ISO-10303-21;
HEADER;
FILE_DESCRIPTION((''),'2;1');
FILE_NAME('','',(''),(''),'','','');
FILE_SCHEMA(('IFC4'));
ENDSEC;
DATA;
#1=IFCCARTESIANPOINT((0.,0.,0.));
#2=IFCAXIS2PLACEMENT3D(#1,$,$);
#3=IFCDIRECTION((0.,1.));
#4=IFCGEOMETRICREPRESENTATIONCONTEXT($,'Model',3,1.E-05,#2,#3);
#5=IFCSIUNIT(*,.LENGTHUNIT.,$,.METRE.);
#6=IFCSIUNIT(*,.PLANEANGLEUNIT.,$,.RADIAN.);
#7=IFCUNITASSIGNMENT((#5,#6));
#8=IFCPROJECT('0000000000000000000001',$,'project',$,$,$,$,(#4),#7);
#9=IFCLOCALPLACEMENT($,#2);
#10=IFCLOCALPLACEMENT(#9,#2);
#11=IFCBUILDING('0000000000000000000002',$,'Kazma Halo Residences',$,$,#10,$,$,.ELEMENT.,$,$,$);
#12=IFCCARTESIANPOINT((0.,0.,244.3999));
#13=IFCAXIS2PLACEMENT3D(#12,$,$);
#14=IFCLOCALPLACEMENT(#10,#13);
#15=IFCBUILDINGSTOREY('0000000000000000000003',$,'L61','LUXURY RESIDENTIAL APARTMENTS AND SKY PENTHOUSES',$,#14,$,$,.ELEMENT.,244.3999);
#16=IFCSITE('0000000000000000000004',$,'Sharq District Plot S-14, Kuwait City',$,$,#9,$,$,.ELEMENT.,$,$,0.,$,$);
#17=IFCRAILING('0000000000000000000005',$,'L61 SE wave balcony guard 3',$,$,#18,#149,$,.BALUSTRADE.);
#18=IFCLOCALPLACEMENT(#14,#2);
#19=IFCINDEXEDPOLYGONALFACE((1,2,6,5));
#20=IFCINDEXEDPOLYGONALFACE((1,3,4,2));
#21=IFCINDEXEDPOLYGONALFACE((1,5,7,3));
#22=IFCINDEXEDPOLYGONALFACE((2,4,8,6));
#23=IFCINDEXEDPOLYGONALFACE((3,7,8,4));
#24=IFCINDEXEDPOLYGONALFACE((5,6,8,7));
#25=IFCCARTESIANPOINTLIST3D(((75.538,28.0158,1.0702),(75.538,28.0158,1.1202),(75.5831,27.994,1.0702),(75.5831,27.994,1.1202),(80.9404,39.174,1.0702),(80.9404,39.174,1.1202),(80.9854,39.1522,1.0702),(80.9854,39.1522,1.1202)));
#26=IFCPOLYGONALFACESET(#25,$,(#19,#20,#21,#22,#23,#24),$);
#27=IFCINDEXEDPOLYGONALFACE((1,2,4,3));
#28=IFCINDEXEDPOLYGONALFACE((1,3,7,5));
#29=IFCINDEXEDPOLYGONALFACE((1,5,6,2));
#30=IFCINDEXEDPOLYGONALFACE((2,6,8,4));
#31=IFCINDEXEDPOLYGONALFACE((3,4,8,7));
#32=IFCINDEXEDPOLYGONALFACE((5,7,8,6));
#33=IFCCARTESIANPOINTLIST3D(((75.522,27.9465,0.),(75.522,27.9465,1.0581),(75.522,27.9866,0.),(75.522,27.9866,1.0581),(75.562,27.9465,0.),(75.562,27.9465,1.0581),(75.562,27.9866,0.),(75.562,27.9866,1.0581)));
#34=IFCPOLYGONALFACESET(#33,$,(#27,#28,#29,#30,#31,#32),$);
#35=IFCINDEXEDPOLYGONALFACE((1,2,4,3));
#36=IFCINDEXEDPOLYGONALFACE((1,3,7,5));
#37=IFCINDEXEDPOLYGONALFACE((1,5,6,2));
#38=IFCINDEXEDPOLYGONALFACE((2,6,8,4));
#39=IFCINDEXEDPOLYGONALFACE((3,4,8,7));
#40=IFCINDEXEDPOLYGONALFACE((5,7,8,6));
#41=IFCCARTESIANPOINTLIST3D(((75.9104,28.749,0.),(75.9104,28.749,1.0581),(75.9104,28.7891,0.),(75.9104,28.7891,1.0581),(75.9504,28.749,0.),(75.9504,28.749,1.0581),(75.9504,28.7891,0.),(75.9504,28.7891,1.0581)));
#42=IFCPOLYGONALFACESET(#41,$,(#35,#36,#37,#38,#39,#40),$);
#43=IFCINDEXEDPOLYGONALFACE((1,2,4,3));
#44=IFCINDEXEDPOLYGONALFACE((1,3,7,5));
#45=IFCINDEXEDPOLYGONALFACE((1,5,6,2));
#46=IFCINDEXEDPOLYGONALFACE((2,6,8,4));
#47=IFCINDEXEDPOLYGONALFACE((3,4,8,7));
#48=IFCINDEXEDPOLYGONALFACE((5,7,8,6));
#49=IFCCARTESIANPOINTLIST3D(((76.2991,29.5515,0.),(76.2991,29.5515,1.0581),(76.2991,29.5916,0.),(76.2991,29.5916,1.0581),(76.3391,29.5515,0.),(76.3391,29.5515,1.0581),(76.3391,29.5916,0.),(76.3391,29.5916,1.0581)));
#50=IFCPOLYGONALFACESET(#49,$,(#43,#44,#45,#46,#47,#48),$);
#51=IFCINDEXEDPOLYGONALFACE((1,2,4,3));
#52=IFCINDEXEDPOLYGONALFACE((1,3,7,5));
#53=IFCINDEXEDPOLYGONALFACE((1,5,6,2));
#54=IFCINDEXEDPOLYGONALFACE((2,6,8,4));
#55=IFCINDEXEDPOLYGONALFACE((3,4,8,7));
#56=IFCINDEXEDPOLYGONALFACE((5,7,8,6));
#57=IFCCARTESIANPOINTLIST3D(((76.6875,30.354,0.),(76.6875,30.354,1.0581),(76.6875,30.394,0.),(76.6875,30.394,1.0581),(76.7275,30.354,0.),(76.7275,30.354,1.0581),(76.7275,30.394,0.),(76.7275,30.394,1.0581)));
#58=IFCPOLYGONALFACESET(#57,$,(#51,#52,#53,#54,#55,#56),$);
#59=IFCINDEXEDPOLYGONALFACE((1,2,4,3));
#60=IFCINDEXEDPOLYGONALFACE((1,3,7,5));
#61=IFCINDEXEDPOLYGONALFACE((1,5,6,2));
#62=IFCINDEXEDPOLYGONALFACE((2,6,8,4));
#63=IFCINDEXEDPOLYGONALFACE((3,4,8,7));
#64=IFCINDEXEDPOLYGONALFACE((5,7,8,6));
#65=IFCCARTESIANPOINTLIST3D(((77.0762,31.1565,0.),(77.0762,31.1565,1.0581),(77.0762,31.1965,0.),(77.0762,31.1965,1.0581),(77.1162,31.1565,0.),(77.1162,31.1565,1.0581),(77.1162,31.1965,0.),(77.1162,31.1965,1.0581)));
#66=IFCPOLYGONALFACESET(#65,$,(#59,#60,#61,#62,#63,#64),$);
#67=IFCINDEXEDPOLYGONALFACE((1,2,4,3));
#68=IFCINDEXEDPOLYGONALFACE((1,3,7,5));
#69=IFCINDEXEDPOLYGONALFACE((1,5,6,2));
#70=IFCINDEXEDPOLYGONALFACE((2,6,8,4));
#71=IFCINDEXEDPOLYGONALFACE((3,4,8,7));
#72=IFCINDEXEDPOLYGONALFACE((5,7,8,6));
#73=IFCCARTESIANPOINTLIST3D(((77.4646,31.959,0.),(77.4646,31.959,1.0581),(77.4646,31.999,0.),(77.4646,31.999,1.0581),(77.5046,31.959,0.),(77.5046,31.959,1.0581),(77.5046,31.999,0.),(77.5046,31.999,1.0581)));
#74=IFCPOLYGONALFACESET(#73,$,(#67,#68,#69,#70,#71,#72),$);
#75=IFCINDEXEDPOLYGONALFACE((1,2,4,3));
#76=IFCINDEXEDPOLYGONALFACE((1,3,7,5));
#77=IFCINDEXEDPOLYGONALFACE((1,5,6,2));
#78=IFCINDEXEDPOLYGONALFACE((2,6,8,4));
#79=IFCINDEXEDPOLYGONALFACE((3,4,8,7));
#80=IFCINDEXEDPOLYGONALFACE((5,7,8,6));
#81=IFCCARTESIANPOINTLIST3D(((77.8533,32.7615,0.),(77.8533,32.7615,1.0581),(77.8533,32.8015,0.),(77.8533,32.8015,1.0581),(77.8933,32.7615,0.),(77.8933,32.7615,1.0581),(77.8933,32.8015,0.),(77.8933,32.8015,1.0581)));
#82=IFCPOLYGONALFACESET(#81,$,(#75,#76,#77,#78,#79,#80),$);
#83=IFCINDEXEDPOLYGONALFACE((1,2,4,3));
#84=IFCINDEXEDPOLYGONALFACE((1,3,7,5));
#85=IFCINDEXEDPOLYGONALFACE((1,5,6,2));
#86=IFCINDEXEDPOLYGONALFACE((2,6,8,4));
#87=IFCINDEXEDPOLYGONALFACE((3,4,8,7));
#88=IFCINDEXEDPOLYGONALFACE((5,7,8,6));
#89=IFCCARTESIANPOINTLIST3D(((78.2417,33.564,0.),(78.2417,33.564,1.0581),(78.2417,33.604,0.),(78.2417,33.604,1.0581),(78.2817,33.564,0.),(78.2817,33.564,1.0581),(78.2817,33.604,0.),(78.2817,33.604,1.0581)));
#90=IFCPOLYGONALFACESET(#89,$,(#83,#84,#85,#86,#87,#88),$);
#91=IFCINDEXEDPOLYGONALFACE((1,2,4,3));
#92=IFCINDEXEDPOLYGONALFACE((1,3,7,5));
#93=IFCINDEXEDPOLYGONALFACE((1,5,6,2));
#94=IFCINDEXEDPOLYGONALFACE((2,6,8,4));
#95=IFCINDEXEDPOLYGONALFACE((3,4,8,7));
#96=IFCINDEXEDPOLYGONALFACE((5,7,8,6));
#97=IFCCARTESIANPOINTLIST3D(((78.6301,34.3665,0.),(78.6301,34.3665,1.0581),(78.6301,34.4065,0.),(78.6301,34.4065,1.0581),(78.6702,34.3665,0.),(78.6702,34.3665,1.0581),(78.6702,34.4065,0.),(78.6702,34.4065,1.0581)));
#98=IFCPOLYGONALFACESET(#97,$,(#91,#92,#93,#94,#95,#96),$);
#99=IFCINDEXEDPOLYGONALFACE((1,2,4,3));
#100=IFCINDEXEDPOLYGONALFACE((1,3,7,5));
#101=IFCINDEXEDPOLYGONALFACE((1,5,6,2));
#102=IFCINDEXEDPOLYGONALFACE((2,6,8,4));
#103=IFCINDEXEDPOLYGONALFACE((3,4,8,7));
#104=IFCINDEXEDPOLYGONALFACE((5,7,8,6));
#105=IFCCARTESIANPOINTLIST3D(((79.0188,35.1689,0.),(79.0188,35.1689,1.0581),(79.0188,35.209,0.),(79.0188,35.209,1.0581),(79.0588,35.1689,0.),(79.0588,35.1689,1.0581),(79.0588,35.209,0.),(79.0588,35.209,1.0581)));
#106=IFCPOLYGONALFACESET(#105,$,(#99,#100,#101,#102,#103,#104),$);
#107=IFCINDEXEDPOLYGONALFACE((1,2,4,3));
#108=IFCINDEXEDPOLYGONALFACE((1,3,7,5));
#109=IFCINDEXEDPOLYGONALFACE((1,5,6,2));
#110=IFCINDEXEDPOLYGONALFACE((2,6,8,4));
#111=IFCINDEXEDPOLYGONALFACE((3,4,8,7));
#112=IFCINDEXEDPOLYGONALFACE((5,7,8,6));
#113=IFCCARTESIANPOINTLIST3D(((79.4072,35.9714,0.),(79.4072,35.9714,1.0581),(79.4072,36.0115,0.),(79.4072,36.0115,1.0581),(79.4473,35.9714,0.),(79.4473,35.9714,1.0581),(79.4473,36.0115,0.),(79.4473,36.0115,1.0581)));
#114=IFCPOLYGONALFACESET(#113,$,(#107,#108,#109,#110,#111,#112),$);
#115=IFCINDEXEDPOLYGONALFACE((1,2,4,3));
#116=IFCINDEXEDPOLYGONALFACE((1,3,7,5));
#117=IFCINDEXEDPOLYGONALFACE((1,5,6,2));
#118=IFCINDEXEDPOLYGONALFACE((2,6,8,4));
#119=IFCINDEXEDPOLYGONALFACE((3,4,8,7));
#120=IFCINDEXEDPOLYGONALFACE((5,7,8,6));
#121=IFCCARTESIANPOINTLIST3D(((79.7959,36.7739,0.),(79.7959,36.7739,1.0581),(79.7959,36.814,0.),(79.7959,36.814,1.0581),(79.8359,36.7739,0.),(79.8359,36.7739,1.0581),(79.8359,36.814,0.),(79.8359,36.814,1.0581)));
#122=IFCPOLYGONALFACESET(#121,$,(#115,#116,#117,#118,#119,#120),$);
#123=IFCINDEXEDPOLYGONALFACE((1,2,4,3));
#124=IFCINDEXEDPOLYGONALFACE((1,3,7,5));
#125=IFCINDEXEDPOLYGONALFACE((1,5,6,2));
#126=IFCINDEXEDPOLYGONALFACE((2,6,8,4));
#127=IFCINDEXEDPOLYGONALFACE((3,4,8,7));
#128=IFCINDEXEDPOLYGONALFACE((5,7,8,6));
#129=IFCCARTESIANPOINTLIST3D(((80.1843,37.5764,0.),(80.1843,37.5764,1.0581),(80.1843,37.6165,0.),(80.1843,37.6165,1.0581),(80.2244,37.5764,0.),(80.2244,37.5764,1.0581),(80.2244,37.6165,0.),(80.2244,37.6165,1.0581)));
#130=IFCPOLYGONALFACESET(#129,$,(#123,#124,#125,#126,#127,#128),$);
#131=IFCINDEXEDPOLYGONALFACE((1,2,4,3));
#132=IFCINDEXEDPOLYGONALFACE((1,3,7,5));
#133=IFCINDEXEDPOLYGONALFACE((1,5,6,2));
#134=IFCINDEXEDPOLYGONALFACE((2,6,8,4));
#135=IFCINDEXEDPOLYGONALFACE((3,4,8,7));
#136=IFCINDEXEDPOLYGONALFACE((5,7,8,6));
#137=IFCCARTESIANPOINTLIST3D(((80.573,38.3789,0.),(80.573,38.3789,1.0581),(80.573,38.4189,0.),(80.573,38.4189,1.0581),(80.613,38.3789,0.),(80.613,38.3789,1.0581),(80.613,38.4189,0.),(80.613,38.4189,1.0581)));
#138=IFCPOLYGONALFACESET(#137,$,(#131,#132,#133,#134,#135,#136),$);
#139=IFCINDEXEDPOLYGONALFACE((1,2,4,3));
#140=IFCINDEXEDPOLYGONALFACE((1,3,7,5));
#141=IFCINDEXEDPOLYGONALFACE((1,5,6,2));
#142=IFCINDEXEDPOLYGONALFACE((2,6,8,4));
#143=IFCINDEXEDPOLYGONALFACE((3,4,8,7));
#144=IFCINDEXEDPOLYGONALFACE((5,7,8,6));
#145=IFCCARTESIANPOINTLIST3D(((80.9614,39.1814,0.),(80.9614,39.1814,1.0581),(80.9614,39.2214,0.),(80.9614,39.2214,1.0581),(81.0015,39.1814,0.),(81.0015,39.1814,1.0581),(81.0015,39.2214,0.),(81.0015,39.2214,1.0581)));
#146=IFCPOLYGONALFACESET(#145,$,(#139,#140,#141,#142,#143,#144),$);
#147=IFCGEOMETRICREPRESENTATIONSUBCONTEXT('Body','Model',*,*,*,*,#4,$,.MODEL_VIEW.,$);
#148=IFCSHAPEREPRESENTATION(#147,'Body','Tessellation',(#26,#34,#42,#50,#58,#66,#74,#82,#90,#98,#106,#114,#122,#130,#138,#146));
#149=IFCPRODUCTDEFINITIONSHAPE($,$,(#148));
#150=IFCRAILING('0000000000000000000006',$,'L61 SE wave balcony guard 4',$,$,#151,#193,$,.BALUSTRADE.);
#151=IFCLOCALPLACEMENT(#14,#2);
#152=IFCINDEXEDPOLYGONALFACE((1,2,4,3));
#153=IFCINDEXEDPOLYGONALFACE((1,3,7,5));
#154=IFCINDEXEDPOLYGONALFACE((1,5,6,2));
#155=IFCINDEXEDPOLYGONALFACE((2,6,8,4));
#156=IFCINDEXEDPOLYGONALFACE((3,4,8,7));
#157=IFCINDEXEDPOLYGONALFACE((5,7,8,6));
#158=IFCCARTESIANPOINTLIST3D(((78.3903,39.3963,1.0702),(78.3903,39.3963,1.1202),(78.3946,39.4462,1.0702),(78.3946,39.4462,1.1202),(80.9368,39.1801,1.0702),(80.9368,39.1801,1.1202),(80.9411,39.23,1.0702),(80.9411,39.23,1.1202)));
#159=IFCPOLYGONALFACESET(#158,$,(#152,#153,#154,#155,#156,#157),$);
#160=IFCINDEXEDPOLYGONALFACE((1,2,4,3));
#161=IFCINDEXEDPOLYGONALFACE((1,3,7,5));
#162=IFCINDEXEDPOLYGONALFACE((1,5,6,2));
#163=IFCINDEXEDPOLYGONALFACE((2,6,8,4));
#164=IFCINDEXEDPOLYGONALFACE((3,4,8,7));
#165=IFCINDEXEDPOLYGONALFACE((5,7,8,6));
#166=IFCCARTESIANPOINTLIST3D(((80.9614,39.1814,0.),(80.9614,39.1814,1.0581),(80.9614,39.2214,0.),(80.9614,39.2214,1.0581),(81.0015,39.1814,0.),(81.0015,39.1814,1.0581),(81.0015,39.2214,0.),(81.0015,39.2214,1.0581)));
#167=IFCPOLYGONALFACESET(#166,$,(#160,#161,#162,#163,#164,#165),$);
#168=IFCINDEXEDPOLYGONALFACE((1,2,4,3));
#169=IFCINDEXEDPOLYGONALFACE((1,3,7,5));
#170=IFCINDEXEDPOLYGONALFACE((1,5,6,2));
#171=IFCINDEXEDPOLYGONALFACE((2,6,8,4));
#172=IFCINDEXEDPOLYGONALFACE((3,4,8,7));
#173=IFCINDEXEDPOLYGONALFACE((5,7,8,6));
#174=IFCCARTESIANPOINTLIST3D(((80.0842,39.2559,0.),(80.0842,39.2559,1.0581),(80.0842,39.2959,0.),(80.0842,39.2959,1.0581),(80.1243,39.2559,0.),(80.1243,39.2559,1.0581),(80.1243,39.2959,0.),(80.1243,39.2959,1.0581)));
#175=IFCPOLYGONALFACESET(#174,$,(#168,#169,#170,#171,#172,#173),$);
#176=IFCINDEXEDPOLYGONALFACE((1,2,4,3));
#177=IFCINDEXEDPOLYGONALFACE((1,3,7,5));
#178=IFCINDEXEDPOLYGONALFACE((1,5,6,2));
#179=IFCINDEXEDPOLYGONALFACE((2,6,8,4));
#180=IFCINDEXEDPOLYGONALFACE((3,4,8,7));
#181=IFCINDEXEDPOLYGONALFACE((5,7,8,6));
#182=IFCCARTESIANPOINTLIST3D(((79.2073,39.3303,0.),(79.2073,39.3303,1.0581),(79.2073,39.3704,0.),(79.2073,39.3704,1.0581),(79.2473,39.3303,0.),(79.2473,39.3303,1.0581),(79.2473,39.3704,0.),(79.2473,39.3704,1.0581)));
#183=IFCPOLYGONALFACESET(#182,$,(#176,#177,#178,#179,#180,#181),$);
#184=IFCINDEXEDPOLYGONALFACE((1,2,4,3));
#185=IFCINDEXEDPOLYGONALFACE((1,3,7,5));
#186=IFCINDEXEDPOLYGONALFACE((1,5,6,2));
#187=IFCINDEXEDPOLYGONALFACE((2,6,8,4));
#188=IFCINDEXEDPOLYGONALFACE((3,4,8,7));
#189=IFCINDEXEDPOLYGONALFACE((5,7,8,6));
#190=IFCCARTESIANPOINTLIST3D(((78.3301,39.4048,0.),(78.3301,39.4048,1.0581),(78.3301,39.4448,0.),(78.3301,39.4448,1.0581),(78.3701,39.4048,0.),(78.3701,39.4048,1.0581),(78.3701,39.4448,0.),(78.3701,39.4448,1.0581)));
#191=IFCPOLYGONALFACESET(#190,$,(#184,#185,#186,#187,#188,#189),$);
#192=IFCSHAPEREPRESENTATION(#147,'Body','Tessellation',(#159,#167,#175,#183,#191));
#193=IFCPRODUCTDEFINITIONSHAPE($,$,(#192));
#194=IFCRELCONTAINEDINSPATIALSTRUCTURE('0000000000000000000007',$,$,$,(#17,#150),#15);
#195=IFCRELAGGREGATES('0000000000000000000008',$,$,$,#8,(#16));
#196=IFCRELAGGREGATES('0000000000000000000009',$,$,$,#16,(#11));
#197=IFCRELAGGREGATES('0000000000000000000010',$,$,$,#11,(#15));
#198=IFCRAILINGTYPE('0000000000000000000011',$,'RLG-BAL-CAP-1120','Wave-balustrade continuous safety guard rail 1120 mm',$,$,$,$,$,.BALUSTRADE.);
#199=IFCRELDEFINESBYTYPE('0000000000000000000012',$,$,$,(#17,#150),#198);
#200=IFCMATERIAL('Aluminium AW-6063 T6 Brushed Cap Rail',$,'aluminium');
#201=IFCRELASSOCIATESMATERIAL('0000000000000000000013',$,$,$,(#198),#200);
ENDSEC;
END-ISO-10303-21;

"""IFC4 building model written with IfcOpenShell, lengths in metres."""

from ifc_helpers import new_model, si_unit, direction, frame, origin, origin_2d, place, context, subcontext, project, spatial, rectangle, extrude, material, type_object, element, save


model = new_model("IFC4")

# Units and contexts
model_context = context("Model", 3, precision=1e-05, world=origin(), true_north=direction((0.0, 1.0)))
body_context = subcontext(model_context, "Body", "Model", "MODEL_VIEW")
ifc_project = project(units=[si_unit("LENGTHUNIT", "METRE"), si_unit("PLANEANGLEUNIT", "RADIAN")], contexts=[model_context])

# Site, building, storey
site_placement = place(None, origin())
site = spatial("IfcSite", under=ifc_project, at=site_placement, Name="Sharq District Plot S-14, Kuwait City", CompositionType="ELEMENT", RefElevation=0.0)
building_placement = place(site_placement, origin())
building = spatial("IfcBuilding", under=site, at=building_placement, Name="Kazma Halo Residences", CompositionType="ELEMENT")
storey_placement = place(building_placement, frame((0.0, 0.0, 244.3999)))
storey = spatial("IfcBuildingStorey", under=building, at=storey_placement, Name="L61", Description="LUXURY RESIDENTIAL APARTMENTS AND SKY PENTHOUSES", CompositionType="ELEMENT", Elevation=244.3999)

# Railings
ifc_material_1 = material(Name="Aluminium AW-6063 T6 Brushed Cap Rail", Category="aluminium")
railing_type = type_object("IfcRailingType", Name="RLG-BAL-CAP-1120", Description="Wave-balustrade continuous safety guard rail 1120 mm", PredefinedType="BALUSTRADE", material=ifc_material_1)
railing_1_placement = place(storey_placement, frame((75.542, 27.9666, 0.0)))
element("IfcRailing", 1, at=railing_1_placement, inside=storey, type_object=railing_type, Name="L61 SE wave balcony guard 3", PredefinedType="BALUSTRADE", context=body_context, shape_type="SweptSolid", body=[
    extrude(rectangle(XDim=0.05, YDim=0.05, at=origin_2d()), frame((0.0186, 0.0383, 1.0952), z_axis=(0.435771, 0.900058, 0.0), x_axis=(-0.900058, 0.435771, 0.0)), (0.0, 0.0, 1.0), 12.3972),
    extrude(rectangle(XDim=0.04, YDim=0.04, at=origin_2d()), origin(), (0.0, 0.0, 1.0), 1.0581),
    extrude(rectangle(XDim=0.04, YDim=0.04, at=origin_2d()), frame((0.3884, 0.8025, 0.0)), (0.0, 0.0, 1.0), 1.0581),
    extrude(rectangle(XDim=0.04, YDim=0.04, at=origin_2d()), frame((0.7771, 1.605, 0.0)), (0.0, 0.0, 1.0), 1.0581),
    extrude(rectangle(XDim=0.04, YDim=0.04, at=origin_2d()), frame((1.1655, 2.4075, 0.0)), (0.0, 0.0, 1.0), 1.0581),
    extrude(rectangle(XDim=0.04, YDim=0.04, at=origin_2d()), frame((1.5542, 3.21, 0.0)), (0.0, 0.0, 1.0), 1.0581),
    extrude(rectangle(XDim=0.04, YDim=0.04, at=origin_2d()), frame((1.9426, 4.0125, 0.0)), (0.0, 0.0, 1.0), 1.0581),
    extrude(rectangle(XDim=0.04, YDim=0.04, at=origin_2d()), frame((2.3313, 4.8149, 0.0)), (0.0, 0.0, 1.0), 1.0581),
    extrude(rectangle(XDim=0.04, YDim=0.04, at=origin_2d()), frame((2.7197, 5.6174, 0.0)), (0.0, 0.0, 1.0), 1.0581),
    extrude(rectangle(XDim=0.04, YDim=0.04, at=origin_2d()), frame((3.1082, 6.4199, 0.0)), (0.0, 0.0, 1.0), 1.0581),
    extrude(rectangle(XDim=0.04, YDim=0.04, at=origin_2d()), frame((3.4968, 7.2224, 0.0)), (0.0, 0.0, 1.0), 1.0581),
    extrude(rectangle(XDim=0.04, YDim=0.04, at=origin_2d()), frame((3.8853, 8.0249, 0.0)), (0.0, 0.0, 1.0), 1.0581),
    extrude(rectangle(XDim=0.04, YDim=0.04, at=origin_2d()), frame((4.2739, 8.8274, 0.0)), (0.0, 0.0, 1.0), 1.0581),
    extrude(rectangle(XDim=0.04, YDim=0.04, at=origin_2d()), frame((4.6624, 9.6299, 0.0)), (0.0, 0.0, 1.0), 1.0581),
    extrude(rectangle(XDim=0.04, YDim=0.04, at=origin_2d()), frame((5.051, 10.4324, 0.0)), (0.0, 0.0, 1.0), 1.0581),
    extrude(rectangle(XDim=0.04, YDim=0.04, at=origin_2d()), frame((5.4395, 11.2349, 0.0)), (0.0, 0.0, 1.0), 1.0581),
])
railing_2_placement = place(storey_placement, frame((80.9814, 39.2014, 0.0)))
element("IfcRailing", 2, at=railing_2_placement, inside=storey, type_object=railing_type, Name="L61 SE wave balcony guard 4", PredefinedType="BALUSTRADE", context=body_context, shape_type="SweptSolid", body=[
    extrude(rectangle(XDim=0.05, YDim=0.05, at=origin_2d()), frame((-0.0425, 0.0037, 1.0952), z_axis=(-0.996416, 0.084591, 0.0), x_axis=(-0.084591, -0.996416, 0.0)), (0.0, 0.0, 1.0), 2.5557),
    extrude(rectangle(XDim=0.04, YDim=0.04, at=origin_2d()), origin(), (0.0, 0.0, 1.0), 1.0581),
    extrude(rectangle(XDim=0.04, YDim=0.04, at=origin_2d()), frame((-0.8772, 0.0745, 0.0)), (0.0, 0.0, 1.0), 1.0581),
    extrude(rectangle(XDim=0.04, YDim=0.04, at=origin_2d()), frame((-1.7542, 0.1489, 0.0)), (0.0, 0.0, 1.0), 1.0581),
    extrude(rectangle(XDim=0.04, YDim=0.04, at=origin_2d()), frame((-2.6313, 0.2234, 0.0)), (0.0, 0.0, 1.0), 1.0581),
])

save(model, "model.ifc")
